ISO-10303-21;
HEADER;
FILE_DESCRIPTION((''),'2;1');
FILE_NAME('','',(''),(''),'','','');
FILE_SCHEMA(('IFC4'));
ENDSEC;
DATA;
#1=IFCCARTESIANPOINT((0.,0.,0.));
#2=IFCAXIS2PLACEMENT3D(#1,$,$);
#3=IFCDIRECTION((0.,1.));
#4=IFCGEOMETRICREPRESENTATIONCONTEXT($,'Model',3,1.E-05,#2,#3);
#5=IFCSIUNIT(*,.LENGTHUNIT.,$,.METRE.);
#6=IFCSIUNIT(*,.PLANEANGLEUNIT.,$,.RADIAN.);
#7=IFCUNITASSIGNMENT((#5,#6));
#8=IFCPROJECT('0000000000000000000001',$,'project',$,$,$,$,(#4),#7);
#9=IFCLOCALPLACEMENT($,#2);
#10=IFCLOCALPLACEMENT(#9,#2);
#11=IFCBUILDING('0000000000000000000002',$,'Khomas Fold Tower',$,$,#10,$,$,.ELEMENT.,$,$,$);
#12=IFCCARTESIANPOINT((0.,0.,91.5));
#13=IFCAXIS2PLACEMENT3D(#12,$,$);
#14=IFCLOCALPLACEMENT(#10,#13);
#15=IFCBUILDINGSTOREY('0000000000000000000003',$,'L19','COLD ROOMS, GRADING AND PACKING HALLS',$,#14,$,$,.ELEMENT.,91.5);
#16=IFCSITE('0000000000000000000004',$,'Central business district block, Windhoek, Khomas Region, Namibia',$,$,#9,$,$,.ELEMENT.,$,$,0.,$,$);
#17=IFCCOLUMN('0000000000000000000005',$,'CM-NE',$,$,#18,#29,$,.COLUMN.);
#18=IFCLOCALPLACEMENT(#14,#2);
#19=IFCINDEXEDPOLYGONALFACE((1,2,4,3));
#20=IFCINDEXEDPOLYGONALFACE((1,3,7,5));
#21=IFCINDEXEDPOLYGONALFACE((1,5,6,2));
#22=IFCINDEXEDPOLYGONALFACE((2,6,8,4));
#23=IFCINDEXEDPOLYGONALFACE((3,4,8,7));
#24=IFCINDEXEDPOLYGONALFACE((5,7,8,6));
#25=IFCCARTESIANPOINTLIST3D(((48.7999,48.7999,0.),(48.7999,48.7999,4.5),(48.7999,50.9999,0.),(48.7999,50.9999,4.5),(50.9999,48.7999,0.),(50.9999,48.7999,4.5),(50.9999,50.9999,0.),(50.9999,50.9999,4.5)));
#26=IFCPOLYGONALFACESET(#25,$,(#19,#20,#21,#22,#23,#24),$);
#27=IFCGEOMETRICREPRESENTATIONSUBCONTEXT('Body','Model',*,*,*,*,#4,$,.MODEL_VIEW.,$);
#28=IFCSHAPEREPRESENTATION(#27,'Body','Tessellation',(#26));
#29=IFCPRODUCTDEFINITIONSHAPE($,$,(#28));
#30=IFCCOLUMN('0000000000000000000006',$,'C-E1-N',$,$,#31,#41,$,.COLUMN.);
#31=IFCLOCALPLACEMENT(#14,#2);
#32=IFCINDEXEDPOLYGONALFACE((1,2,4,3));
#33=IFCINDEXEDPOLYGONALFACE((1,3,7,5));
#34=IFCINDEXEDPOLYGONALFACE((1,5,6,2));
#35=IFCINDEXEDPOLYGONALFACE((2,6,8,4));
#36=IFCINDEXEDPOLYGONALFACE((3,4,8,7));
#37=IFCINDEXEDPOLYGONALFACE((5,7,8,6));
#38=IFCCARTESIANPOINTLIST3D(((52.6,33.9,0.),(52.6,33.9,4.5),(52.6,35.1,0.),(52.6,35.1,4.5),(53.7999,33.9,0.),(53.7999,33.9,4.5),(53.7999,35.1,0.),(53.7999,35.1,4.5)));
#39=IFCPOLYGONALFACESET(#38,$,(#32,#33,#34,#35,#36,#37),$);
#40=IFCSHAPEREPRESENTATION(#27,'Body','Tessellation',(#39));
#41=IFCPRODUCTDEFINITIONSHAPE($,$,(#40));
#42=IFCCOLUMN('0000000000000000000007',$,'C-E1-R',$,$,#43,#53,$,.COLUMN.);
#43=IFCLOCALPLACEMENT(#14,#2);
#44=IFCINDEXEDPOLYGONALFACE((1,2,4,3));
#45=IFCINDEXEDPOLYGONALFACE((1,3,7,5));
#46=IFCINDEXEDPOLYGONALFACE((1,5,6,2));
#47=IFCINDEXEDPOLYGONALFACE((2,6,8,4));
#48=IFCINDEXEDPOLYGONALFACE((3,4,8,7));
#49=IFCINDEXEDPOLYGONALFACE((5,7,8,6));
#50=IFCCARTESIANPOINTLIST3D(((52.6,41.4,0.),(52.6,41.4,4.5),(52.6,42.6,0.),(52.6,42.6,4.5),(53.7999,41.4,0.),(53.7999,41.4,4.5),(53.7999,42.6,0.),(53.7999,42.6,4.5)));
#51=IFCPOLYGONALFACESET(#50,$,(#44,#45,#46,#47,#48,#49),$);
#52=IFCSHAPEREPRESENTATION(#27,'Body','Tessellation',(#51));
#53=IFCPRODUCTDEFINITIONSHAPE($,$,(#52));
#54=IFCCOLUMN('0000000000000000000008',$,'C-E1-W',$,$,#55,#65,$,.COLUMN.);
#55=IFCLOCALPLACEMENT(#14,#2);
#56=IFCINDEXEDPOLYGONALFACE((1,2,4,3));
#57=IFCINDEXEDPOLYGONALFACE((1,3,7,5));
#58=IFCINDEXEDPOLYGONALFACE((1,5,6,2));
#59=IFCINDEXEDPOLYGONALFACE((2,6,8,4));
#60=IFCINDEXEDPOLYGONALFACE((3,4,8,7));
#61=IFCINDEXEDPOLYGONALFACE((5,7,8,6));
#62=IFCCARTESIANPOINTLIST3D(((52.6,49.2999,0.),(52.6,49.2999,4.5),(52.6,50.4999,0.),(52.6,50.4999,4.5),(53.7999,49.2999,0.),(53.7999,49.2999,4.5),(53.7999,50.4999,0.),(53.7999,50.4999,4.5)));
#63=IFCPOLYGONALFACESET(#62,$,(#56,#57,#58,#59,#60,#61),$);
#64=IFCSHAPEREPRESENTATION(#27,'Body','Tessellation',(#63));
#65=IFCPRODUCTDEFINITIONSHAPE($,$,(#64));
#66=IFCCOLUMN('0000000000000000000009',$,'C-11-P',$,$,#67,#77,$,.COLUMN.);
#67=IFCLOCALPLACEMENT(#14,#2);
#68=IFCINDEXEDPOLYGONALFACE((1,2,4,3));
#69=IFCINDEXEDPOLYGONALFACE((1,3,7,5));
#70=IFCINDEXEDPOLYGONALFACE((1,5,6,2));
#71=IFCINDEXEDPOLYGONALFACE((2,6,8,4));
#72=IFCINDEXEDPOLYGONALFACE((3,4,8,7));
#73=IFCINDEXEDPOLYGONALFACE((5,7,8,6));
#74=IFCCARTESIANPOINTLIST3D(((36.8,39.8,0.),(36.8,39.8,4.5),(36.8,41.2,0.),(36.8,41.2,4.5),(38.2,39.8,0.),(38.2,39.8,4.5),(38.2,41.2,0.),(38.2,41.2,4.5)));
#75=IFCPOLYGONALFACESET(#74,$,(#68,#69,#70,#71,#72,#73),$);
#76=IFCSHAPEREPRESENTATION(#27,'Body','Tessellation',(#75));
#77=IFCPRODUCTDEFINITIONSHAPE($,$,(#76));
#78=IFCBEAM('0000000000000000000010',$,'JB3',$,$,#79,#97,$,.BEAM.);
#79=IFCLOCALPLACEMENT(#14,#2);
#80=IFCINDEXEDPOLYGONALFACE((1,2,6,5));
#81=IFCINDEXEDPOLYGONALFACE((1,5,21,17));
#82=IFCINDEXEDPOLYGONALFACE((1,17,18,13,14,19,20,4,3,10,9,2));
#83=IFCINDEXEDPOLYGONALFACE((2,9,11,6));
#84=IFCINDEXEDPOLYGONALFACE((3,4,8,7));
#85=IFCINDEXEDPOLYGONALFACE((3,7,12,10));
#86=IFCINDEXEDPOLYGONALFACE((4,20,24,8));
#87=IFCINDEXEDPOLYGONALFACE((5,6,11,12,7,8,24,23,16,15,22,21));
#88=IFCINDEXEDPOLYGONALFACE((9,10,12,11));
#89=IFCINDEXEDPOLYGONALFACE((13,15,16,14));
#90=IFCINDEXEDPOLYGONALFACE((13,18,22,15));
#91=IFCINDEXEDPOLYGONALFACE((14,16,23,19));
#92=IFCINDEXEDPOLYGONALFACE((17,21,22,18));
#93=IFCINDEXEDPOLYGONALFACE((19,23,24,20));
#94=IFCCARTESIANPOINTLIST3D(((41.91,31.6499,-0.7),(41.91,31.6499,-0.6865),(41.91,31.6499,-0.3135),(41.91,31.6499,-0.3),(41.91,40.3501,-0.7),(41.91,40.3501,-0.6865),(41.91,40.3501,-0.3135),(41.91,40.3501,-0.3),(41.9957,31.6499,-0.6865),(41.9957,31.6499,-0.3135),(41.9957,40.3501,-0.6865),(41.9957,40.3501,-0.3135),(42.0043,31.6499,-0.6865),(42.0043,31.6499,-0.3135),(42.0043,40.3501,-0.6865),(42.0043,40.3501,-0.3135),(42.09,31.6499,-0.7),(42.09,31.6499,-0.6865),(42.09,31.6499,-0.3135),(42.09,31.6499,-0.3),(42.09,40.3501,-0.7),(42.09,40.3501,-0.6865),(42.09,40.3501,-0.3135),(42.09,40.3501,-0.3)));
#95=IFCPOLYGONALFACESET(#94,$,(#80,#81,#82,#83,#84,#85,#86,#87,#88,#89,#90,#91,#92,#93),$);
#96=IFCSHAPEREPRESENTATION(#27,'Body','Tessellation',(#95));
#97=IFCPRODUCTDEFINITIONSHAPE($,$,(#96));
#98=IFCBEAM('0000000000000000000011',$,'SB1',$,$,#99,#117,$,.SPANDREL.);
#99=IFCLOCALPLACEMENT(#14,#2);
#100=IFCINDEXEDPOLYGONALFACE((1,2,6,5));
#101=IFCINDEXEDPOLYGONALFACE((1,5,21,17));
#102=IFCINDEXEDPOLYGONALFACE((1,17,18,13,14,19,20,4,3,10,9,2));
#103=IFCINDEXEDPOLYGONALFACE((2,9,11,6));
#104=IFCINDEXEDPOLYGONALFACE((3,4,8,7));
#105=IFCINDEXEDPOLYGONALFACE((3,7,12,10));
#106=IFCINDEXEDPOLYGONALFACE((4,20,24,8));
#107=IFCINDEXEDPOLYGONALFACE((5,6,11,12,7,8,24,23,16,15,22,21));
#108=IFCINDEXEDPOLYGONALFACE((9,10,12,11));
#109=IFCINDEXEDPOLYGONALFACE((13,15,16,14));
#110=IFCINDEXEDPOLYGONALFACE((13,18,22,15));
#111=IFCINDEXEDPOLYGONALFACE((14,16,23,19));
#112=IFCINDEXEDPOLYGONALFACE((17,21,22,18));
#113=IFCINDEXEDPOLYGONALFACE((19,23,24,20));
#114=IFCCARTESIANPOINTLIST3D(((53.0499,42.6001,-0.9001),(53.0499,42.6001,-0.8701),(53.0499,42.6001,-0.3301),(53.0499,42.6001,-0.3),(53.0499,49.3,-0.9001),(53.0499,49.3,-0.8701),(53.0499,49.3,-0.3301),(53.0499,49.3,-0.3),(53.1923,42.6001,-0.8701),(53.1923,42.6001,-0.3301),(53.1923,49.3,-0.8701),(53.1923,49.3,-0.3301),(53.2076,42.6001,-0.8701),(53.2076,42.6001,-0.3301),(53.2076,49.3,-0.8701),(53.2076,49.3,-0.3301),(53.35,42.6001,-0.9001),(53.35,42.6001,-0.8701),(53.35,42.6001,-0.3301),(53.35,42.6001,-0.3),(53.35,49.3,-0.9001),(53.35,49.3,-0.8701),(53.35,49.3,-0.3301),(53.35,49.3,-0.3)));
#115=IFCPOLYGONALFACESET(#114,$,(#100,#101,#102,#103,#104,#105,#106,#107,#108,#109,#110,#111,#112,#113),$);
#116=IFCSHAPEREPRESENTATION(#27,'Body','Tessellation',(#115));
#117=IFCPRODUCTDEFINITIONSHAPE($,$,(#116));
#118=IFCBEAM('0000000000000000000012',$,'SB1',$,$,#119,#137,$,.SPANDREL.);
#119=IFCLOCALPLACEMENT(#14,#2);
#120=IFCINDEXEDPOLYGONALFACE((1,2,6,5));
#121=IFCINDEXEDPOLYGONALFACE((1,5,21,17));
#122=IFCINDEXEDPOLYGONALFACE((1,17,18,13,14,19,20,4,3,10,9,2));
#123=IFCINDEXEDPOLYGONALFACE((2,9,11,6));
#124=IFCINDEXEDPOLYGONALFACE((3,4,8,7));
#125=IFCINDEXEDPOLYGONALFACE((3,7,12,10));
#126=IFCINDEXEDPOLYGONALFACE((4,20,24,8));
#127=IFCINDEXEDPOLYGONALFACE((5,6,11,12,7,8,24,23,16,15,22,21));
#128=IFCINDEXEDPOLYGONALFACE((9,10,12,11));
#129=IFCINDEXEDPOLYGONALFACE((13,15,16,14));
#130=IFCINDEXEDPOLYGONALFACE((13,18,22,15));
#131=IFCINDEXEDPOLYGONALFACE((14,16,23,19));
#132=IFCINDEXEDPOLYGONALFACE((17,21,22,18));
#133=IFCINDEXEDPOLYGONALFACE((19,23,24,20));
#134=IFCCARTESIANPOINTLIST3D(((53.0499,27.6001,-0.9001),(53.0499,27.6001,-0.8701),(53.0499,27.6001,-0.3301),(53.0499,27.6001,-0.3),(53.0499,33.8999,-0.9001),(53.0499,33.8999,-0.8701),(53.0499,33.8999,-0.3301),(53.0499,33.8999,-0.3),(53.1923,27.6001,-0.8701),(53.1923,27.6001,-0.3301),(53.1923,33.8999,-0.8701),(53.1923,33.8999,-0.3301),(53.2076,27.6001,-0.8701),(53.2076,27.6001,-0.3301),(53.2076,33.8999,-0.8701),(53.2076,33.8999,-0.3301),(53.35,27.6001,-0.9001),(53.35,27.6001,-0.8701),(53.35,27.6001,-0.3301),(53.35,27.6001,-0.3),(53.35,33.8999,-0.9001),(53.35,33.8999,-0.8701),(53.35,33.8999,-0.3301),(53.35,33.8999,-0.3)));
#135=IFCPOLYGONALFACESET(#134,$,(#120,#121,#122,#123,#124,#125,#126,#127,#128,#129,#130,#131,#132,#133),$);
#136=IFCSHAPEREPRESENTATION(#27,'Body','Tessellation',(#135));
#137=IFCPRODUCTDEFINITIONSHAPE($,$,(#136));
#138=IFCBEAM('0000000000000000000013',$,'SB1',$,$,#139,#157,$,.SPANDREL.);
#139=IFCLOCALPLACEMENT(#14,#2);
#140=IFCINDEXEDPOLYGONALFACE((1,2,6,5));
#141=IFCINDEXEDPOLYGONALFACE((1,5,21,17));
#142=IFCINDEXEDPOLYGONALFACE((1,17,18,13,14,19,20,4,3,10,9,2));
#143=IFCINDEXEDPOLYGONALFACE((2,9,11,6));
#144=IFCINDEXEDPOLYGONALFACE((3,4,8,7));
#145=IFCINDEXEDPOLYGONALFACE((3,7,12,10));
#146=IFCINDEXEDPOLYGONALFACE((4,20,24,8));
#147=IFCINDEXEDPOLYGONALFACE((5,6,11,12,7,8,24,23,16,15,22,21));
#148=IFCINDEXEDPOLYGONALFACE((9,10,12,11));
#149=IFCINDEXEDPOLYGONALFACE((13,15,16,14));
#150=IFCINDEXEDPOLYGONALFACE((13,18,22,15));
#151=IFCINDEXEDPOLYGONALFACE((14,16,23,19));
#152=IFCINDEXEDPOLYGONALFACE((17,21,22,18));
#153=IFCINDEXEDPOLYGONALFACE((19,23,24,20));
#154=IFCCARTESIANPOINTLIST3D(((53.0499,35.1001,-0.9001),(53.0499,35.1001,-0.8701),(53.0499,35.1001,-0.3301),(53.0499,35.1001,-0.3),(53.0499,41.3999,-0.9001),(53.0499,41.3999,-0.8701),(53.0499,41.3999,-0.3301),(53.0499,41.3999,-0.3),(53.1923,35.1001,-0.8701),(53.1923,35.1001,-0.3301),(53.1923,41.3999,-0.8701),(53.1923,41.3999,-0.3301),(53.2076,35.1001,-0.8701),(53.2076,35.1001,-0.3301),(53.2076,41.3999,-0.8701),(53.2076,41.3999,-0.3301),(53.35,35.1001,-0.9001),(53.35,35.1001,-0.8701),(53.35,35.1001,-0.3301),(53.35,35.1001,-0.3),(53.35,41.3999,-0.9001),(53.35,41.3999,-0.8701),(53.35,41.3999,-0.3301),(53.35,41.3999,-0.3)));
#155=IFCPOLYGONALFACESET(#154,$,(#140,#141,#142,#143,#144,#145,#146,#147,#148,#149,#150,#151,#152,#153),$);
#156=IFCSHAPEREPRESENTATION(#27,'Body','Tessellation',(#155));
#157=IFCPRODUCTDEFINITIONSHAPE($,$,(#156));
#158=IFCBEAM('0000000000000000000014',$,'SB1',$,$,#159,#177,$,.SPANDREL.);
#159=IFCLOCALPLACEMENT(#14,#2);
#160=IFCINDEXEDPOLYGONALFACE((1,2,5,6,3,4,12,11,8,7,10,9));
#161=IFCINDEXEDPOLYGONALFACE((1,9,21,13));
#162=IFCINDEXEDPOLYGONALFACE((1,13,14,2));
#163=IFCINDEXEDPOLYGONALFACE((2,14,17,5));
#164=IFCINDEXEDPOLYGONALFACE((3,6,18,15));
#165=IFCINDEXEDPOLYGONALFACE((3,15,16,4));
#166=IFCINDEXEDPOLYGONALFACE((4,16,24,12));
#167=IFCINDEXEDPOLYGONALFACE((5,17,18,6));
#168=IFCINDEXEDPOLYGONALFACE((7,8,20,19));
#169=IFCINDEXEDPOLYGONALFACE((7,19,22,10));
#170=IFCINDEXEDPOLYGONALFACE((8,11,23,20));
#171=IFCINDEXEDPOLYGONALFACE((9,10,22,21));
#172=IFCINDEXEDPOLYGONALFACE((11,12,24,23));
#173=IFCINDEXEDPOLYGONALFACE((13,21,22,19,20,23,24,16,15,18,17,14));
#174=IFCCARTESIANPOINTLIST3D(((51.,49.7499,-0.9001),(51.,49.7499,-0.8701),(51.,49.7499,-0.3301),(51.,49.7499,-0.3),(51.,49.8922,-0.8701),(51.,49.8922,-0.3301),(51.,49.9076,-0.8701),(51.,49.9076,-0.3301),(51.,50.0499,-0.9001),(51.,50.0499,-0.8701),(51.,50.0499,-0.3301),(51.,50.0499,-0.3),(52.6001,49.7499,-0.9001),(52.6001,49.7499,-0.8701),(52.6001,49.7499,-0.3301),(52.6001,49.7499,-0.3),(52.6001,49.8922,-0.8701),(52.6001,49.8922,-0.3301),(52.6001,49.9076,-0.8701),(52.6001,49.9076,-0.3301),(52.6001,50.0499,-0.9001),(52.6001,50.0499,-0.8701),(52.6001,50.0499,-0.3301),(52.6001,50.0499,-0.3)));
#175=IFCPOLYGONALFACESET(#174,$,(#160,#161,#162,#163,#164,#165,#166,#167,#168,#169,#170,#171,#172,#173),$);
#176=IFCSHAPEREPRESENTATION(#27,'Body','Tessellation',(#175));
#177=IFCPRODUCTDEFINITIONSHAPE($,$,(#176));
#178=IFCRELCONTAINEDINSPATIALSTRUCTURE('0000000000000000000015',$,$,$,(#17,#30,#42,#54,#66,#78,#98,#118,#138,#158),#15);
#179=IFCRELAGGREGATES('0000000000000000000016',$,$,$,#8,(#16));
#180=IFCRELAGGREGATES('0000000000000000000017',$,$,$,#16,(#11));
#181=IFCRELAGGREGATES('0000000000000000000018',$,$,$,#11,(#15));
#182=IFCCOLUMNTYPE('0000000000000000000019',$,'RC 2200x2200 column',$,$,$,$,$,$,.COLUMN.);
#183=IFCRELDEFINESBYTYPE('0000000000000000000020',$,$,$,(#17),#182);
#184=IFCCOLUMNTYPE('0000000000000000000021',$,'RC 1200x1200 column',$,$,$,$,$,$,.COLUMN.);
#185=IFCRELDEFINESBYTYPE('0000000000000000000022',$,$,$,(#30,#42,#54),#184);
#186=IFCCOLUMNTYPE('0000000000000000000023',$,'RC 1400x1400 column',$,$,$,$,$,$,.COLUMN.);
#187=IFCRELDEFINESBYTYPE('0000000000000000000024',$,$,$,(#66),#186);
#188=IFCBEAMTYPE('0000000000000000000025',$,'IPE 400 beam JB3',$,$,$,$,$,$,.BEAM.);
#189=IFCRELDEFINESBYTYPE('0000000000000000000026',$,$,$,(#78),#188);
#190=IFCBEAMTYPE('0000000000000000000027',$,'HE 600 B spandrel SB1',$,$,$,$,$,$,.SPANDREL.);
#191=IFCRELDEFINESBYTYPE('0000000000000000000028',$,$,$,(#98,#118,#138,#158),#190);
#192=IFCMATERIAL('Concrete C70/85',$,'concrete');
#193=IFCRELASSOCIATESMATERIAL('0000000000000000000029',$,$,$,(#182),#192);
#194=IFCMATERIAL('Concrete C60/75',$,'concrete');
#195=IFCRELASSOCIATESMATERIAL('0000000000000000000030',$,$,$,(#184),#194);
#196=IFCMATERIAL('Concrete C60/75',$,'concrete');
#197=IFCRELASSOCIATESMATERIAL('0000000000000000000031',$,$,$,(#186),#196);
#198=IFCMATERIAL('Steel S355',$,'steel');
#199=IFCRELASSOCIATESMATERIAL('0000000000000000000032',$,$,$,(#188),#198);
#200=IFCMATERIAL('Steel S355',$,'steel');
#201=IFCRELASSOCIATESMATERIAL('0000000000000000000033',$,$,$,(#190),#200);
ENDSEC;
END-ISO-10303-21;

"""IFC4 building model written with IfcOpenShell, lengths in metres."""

from ifc_helpers import new_model, si_unit, direction, frame, origin, origin_2d, place, context, subcontext, project, spatial, rectangle, i_section, extrude, source, transform, mapped, material, material_profile, profile_set, type_object, element, save


model = new_model("IFC4")

# Units and contexts
model_context = context("Model", 3, precision=1e-05, world=origin(), true_north=direction((0.0, 1.0)))
body_context = subcontext(model_context, "Body", "Model", "MODEL_VIEW")
ifc_project = project(units=[si_unit("LENGTHUNIT", "METRE"), si_unit("PLANEANGLEUNIT", "RADIAN")], contexts=[model_context])

# Site, building, storey
site_placement = place(None, origin())
site = spatial("IfcSite", under=ifc_project, at=site_placement, Name="Central business district block, Windhoek, Khomas Region, Namibia", CompositionType="ELEMENT", RefElevation=0.0)
building_placement = place(site_placement, origin())
building = spatial("IfcBuilding", under=site, at=building_placement, Name="Khomas Fold Tower", CompositionType="ELEMENT")
storey_placement = place(building_placement, frame((0.0, 0.0, 91.5)))
storey = spatial("IfcBuildingStorey", under=building, at=storey_placement, Name="L19", Description="COLD ROOMS, GRADING AND PACKING HALLS", CompositionType="ELEMENT", Elevation=91.5)

# Columns
ifc_material_1 = material(Name="Concrete C70/85", Category="concrete")
ifc_material_profile_1 = material_profile(ifc_material_1, rectangle(XDim=2.2, YDim=2.2, at=origin_2d()), Name="RC 2200x2200")
ifc_profile_set_1 = profile_set([ifc_material_profile_1], Name="Concrete C70/85")
column_type_1 = type_object("IfcColumnType", Name="RC 2200x2200 column", PredefinedType="COLUMN", material=ifc_profile_set_1)
shared_shape_1 = source(origin(), body_context, "Body", "SweptSolid", [
    extrude(rectangle(XDim=2.2, YDim=2.2, at=origin_2d()), origin(), (0.0, 0.0, 1.0), 4.5),
])
column_1_placement = place(storey_placement, frame((49.8999, 49.8999, 0.0), z_axis=(0.0, 0.0, 1.0), x_axis=(1.0, 0.0, 0.0)))
element("IfcColumn", 1, at=column_1_placement, inside=storey, type_object=column_type_1, Name="CM-NE", PredefinedType="COLUMN", context=body_context, shape_type="MappedRepresentation", body=[
    mapped(shared_shape_1, transform((0.0, 0.0, 0.0))),
])
ifc_material_2 = material(Name="Concrete C60/75", Category="concrete")
ifc_material_profile_2 = material_profile(ifc_material_2, rectangle(XDim=1.2, YDim=1.2, at=origin_2d()), Name="RC 1200x1200")
ifc_profile_set_2 = profile_set([ifc_material_profile_2], Name="Concrete C60/75")
column_type_2 = type_object("IfcColumnType", Name="RC 1200x1200 column", PredefinedType="COLUMN", material=ifc_profile_set_2)
shared_shape_2 = source(origin(), body_context, "Body", "SweptSolid", [
    extrude(rectangle(XDim=1.2, YDim=1.2, at=origin_2d()), origin(), (0.0, 0.0, 1.0), 4.5),
])
for number, where, z_axis, x_axis, name in (
    (2, (53.2, 34.5, 0.0), (0.0, 0.0, 1.0), (1.0, 0.0, 0.0), "C-E1-N"),
    (3, (53.2, 42.0, 0.0), (0.0, 0.0, 1.0), (1.0, 0.0, 0.0), "C-E1-R"),
    (4, (53.2, 49.8999, 0.0), (0.0, 0.0, 1.0), (1.0, 0.0, 0.0), "C-E1-W"),
):
    element("IfcColumn", number, at=place(storey_placement, frame(where, z_axis=z_axis, x_axis=x_axis)), inside=storey, type_object=column_type_2, Name=name, PredefinedType="COLUMN", context=body_context, shape_type="MappedRepresentation", body=[
        mapped(shared_shape_2, transform((0.0, 0.0, 0.0))),
    ])
ifc_material_3 = material(Name="Concrete C60/75", Category="concrete")
ifc_material_profile_3 = material_profile(ifc_material_3, rectangle(XDim=1.3999, YDim=1.3999, at=origin_2d()), Name="RC 1400x1400")
ifc_profile_set_3 = profile_set([ifc_material_profile_3], Name="Concrete C60/75")
column_type_3 = type_object("IfcColumnType", Name="RC 1400x1400 column", PredefinedType="COLUMN", material=ifc_profile_set_3)
shared_shape_3 = source(origin(), body_context, "Body", "SweptSolid", [
    extrude(rectangle(XDim=1.3999, YDim=1.3999, at=origin_2d()), origin(), (0.0, 0.0, 1.0), 4.5),
])
column_2_placement = place(storey_placement, frame((37.5, 40.5, 0.0), z_axis=(0.0, 0.0, 1.0), x_axis=(1.0, 0.0, 0.0)))
element("IfcColumn", 5, at=column_2_placement, inside=storey, type_object=column_type_3, Name="C-11-P", PredefinedType="COLUMN", context=body_context, shape_type="MappedRepresentation", body=[
    mapped(shared_shape_3, transform((0.0, 0.0, 0.0))),
])

# Beams
ifc_material_4 = material(Name="Steel S355", Category="steel")
ifc_material_profile_4 = material_profile(ifc_material_4, i_section(OverallWidth=0.1799, OverallDepth=0.3999, WebThickness=0.0085, FlangeThickness=0.0134, at=origin_2d()), Name="IPE 400")
ifc_profile_set_4 = profile_set([ifc_material_profile_4], Name="Steel S355")
beam_type_1 = type_object("IfcBeamType", Name="IPE 400 beam JB3", PredefinedType="BEAM", material=ifc_profile_set_4)
shared_shape_4 = source(origin(), body_context, "Body", "SweptSolid", [
    extrude(i_section(OverallWidth=0.1799, OverallDepth=0.3999, WebThickness=0.0085, FlangeThickness=0.0134, at=origin_2d()), origin(), (0.0, 0.0, 1.0), 8.7002),
])
beam_1_placement = place(storey_placement, frame((42.0, 31.6499, -0.5), z_axis=(0.0, 1.0, 0.0), x_axis=(-1.0, 0.0, 0.0)))
element("IfcBeam", 6, at=beam_1_placement, inside=storey, type_object=beam_type_1, Name="JB3", PredefinedType="BEAM", context=body_context, shape_type="MappedRepresentation", body=[
    mapped(shared_shape_4, transform((0.0, 0.0, 0.0))),
])
ifc_material_5 = material(Name="Steel S355", Category="steel")
ifc_material_profile_5 = material_profile(ifc_material_5, i_section(OverallWidth=0.3, OverallDepth=0.6001, WebThickness=0.0154, FlangeThickness=0.03, at=origin_2d()), Name="HE 600 B")
ifc_profile_set_5 = profile_set([ifc_material_profile_5], Name="Steel S355")
beam_type_2 = type_object("IfcBeamType", Name="HE 600 B spandrel SB1", PredefinedType="SPANDREL", material=ifc_profile_set_5)
shared_shape_5 = source(origin(), body_context, "Body", "SweptSolid", [
    extrude(i_section(OverallWidth=0.3, OverallDepth=0.6001, WebThickness=0.0154, FlangeThickness=0.03, at=origin_2d()), origin(), (0.0, 0.0, 1.0), 6.7),
])
beam_2_placement = place(storey_placement, frame((53.2, 42.6001, -0.6001), z_axis=(0.0, 1.0, 0.0), x_axis=(-1.0, 0.0, 0.0)))
element("IfcBeam", 7, at=beam_2_placement, inside=storey, type_object=beam_type_2, Name="SB1", PredefinedType="SPANDREL", context=body_context, shape_type="MappedRepresentation", body=[
    mapped(shared_shape_5, transform((0.0, 0.0, 0.0))),
])
shared_shape_6 = source(origin(), body_context, "Body", "SweptSolid", [
    extrude(i_section(OverallWidth=0.3, OverallDepth=0.6001, WebThickness=0.0154, FlangeThickness=0.03, at=origin_2d()), origin(), (0.0, 0.0, 1.0), 6.2998),
])
for number, where, z_axis, x_axis, name in (
    (8, (53.2, 27.6001, -0.6001), (0.0, 1.0, 0.0), (-1.0, 0.0, 0.0), "SB1"),
    (9, (53.2, 35.1001, -0.6001), (0.0, 1.0, 0.0), (-1.0, 0.0, 0.0), "SB1"),
):
    element("IfcBeam", number, at=place(storey_placement, frame(where, z_axis=z_axis, x_axis=x_axis)), inside=storey, type_object=beam_type_2, Name=name, PredefinedType="SPANDREL", context=body_context, shape_type="MappedRepresentation", body=[
        mapped(shared_shape_6, transform((0.0, 0.0, 0.0))),
    ])
shared_shape_7 = source(origin(), body_context, "Body", "SweptSolid", [
    extrude(i_section(OverallWidth=0.3, OverallDepth=0.6001, WebThickness=0.0154, FlangeThickness=0.03, at=origin_2d()), origin(), (0.0, 0.0, 1.0), 1.6001),
])
beam_3_placement = place(storey_placement, frame((51.0, 49.8999, -0.6001), z_axis=(1.0, 0.0, 0.0), x_axis=(0.0, 1.0, 0.0)))
element("IfcBeam", 10, at=beam_3_placement, inside=storey, type_object=beam_type_2, Name="SB1", PredefinedType="SPANDREL", context=body_context, shape_type="MappedRepresentation", body=[
    mapped(shared_shape_7, transform((0.0, 0.0, 0.0))),
])

save(model, "model.ifc")
